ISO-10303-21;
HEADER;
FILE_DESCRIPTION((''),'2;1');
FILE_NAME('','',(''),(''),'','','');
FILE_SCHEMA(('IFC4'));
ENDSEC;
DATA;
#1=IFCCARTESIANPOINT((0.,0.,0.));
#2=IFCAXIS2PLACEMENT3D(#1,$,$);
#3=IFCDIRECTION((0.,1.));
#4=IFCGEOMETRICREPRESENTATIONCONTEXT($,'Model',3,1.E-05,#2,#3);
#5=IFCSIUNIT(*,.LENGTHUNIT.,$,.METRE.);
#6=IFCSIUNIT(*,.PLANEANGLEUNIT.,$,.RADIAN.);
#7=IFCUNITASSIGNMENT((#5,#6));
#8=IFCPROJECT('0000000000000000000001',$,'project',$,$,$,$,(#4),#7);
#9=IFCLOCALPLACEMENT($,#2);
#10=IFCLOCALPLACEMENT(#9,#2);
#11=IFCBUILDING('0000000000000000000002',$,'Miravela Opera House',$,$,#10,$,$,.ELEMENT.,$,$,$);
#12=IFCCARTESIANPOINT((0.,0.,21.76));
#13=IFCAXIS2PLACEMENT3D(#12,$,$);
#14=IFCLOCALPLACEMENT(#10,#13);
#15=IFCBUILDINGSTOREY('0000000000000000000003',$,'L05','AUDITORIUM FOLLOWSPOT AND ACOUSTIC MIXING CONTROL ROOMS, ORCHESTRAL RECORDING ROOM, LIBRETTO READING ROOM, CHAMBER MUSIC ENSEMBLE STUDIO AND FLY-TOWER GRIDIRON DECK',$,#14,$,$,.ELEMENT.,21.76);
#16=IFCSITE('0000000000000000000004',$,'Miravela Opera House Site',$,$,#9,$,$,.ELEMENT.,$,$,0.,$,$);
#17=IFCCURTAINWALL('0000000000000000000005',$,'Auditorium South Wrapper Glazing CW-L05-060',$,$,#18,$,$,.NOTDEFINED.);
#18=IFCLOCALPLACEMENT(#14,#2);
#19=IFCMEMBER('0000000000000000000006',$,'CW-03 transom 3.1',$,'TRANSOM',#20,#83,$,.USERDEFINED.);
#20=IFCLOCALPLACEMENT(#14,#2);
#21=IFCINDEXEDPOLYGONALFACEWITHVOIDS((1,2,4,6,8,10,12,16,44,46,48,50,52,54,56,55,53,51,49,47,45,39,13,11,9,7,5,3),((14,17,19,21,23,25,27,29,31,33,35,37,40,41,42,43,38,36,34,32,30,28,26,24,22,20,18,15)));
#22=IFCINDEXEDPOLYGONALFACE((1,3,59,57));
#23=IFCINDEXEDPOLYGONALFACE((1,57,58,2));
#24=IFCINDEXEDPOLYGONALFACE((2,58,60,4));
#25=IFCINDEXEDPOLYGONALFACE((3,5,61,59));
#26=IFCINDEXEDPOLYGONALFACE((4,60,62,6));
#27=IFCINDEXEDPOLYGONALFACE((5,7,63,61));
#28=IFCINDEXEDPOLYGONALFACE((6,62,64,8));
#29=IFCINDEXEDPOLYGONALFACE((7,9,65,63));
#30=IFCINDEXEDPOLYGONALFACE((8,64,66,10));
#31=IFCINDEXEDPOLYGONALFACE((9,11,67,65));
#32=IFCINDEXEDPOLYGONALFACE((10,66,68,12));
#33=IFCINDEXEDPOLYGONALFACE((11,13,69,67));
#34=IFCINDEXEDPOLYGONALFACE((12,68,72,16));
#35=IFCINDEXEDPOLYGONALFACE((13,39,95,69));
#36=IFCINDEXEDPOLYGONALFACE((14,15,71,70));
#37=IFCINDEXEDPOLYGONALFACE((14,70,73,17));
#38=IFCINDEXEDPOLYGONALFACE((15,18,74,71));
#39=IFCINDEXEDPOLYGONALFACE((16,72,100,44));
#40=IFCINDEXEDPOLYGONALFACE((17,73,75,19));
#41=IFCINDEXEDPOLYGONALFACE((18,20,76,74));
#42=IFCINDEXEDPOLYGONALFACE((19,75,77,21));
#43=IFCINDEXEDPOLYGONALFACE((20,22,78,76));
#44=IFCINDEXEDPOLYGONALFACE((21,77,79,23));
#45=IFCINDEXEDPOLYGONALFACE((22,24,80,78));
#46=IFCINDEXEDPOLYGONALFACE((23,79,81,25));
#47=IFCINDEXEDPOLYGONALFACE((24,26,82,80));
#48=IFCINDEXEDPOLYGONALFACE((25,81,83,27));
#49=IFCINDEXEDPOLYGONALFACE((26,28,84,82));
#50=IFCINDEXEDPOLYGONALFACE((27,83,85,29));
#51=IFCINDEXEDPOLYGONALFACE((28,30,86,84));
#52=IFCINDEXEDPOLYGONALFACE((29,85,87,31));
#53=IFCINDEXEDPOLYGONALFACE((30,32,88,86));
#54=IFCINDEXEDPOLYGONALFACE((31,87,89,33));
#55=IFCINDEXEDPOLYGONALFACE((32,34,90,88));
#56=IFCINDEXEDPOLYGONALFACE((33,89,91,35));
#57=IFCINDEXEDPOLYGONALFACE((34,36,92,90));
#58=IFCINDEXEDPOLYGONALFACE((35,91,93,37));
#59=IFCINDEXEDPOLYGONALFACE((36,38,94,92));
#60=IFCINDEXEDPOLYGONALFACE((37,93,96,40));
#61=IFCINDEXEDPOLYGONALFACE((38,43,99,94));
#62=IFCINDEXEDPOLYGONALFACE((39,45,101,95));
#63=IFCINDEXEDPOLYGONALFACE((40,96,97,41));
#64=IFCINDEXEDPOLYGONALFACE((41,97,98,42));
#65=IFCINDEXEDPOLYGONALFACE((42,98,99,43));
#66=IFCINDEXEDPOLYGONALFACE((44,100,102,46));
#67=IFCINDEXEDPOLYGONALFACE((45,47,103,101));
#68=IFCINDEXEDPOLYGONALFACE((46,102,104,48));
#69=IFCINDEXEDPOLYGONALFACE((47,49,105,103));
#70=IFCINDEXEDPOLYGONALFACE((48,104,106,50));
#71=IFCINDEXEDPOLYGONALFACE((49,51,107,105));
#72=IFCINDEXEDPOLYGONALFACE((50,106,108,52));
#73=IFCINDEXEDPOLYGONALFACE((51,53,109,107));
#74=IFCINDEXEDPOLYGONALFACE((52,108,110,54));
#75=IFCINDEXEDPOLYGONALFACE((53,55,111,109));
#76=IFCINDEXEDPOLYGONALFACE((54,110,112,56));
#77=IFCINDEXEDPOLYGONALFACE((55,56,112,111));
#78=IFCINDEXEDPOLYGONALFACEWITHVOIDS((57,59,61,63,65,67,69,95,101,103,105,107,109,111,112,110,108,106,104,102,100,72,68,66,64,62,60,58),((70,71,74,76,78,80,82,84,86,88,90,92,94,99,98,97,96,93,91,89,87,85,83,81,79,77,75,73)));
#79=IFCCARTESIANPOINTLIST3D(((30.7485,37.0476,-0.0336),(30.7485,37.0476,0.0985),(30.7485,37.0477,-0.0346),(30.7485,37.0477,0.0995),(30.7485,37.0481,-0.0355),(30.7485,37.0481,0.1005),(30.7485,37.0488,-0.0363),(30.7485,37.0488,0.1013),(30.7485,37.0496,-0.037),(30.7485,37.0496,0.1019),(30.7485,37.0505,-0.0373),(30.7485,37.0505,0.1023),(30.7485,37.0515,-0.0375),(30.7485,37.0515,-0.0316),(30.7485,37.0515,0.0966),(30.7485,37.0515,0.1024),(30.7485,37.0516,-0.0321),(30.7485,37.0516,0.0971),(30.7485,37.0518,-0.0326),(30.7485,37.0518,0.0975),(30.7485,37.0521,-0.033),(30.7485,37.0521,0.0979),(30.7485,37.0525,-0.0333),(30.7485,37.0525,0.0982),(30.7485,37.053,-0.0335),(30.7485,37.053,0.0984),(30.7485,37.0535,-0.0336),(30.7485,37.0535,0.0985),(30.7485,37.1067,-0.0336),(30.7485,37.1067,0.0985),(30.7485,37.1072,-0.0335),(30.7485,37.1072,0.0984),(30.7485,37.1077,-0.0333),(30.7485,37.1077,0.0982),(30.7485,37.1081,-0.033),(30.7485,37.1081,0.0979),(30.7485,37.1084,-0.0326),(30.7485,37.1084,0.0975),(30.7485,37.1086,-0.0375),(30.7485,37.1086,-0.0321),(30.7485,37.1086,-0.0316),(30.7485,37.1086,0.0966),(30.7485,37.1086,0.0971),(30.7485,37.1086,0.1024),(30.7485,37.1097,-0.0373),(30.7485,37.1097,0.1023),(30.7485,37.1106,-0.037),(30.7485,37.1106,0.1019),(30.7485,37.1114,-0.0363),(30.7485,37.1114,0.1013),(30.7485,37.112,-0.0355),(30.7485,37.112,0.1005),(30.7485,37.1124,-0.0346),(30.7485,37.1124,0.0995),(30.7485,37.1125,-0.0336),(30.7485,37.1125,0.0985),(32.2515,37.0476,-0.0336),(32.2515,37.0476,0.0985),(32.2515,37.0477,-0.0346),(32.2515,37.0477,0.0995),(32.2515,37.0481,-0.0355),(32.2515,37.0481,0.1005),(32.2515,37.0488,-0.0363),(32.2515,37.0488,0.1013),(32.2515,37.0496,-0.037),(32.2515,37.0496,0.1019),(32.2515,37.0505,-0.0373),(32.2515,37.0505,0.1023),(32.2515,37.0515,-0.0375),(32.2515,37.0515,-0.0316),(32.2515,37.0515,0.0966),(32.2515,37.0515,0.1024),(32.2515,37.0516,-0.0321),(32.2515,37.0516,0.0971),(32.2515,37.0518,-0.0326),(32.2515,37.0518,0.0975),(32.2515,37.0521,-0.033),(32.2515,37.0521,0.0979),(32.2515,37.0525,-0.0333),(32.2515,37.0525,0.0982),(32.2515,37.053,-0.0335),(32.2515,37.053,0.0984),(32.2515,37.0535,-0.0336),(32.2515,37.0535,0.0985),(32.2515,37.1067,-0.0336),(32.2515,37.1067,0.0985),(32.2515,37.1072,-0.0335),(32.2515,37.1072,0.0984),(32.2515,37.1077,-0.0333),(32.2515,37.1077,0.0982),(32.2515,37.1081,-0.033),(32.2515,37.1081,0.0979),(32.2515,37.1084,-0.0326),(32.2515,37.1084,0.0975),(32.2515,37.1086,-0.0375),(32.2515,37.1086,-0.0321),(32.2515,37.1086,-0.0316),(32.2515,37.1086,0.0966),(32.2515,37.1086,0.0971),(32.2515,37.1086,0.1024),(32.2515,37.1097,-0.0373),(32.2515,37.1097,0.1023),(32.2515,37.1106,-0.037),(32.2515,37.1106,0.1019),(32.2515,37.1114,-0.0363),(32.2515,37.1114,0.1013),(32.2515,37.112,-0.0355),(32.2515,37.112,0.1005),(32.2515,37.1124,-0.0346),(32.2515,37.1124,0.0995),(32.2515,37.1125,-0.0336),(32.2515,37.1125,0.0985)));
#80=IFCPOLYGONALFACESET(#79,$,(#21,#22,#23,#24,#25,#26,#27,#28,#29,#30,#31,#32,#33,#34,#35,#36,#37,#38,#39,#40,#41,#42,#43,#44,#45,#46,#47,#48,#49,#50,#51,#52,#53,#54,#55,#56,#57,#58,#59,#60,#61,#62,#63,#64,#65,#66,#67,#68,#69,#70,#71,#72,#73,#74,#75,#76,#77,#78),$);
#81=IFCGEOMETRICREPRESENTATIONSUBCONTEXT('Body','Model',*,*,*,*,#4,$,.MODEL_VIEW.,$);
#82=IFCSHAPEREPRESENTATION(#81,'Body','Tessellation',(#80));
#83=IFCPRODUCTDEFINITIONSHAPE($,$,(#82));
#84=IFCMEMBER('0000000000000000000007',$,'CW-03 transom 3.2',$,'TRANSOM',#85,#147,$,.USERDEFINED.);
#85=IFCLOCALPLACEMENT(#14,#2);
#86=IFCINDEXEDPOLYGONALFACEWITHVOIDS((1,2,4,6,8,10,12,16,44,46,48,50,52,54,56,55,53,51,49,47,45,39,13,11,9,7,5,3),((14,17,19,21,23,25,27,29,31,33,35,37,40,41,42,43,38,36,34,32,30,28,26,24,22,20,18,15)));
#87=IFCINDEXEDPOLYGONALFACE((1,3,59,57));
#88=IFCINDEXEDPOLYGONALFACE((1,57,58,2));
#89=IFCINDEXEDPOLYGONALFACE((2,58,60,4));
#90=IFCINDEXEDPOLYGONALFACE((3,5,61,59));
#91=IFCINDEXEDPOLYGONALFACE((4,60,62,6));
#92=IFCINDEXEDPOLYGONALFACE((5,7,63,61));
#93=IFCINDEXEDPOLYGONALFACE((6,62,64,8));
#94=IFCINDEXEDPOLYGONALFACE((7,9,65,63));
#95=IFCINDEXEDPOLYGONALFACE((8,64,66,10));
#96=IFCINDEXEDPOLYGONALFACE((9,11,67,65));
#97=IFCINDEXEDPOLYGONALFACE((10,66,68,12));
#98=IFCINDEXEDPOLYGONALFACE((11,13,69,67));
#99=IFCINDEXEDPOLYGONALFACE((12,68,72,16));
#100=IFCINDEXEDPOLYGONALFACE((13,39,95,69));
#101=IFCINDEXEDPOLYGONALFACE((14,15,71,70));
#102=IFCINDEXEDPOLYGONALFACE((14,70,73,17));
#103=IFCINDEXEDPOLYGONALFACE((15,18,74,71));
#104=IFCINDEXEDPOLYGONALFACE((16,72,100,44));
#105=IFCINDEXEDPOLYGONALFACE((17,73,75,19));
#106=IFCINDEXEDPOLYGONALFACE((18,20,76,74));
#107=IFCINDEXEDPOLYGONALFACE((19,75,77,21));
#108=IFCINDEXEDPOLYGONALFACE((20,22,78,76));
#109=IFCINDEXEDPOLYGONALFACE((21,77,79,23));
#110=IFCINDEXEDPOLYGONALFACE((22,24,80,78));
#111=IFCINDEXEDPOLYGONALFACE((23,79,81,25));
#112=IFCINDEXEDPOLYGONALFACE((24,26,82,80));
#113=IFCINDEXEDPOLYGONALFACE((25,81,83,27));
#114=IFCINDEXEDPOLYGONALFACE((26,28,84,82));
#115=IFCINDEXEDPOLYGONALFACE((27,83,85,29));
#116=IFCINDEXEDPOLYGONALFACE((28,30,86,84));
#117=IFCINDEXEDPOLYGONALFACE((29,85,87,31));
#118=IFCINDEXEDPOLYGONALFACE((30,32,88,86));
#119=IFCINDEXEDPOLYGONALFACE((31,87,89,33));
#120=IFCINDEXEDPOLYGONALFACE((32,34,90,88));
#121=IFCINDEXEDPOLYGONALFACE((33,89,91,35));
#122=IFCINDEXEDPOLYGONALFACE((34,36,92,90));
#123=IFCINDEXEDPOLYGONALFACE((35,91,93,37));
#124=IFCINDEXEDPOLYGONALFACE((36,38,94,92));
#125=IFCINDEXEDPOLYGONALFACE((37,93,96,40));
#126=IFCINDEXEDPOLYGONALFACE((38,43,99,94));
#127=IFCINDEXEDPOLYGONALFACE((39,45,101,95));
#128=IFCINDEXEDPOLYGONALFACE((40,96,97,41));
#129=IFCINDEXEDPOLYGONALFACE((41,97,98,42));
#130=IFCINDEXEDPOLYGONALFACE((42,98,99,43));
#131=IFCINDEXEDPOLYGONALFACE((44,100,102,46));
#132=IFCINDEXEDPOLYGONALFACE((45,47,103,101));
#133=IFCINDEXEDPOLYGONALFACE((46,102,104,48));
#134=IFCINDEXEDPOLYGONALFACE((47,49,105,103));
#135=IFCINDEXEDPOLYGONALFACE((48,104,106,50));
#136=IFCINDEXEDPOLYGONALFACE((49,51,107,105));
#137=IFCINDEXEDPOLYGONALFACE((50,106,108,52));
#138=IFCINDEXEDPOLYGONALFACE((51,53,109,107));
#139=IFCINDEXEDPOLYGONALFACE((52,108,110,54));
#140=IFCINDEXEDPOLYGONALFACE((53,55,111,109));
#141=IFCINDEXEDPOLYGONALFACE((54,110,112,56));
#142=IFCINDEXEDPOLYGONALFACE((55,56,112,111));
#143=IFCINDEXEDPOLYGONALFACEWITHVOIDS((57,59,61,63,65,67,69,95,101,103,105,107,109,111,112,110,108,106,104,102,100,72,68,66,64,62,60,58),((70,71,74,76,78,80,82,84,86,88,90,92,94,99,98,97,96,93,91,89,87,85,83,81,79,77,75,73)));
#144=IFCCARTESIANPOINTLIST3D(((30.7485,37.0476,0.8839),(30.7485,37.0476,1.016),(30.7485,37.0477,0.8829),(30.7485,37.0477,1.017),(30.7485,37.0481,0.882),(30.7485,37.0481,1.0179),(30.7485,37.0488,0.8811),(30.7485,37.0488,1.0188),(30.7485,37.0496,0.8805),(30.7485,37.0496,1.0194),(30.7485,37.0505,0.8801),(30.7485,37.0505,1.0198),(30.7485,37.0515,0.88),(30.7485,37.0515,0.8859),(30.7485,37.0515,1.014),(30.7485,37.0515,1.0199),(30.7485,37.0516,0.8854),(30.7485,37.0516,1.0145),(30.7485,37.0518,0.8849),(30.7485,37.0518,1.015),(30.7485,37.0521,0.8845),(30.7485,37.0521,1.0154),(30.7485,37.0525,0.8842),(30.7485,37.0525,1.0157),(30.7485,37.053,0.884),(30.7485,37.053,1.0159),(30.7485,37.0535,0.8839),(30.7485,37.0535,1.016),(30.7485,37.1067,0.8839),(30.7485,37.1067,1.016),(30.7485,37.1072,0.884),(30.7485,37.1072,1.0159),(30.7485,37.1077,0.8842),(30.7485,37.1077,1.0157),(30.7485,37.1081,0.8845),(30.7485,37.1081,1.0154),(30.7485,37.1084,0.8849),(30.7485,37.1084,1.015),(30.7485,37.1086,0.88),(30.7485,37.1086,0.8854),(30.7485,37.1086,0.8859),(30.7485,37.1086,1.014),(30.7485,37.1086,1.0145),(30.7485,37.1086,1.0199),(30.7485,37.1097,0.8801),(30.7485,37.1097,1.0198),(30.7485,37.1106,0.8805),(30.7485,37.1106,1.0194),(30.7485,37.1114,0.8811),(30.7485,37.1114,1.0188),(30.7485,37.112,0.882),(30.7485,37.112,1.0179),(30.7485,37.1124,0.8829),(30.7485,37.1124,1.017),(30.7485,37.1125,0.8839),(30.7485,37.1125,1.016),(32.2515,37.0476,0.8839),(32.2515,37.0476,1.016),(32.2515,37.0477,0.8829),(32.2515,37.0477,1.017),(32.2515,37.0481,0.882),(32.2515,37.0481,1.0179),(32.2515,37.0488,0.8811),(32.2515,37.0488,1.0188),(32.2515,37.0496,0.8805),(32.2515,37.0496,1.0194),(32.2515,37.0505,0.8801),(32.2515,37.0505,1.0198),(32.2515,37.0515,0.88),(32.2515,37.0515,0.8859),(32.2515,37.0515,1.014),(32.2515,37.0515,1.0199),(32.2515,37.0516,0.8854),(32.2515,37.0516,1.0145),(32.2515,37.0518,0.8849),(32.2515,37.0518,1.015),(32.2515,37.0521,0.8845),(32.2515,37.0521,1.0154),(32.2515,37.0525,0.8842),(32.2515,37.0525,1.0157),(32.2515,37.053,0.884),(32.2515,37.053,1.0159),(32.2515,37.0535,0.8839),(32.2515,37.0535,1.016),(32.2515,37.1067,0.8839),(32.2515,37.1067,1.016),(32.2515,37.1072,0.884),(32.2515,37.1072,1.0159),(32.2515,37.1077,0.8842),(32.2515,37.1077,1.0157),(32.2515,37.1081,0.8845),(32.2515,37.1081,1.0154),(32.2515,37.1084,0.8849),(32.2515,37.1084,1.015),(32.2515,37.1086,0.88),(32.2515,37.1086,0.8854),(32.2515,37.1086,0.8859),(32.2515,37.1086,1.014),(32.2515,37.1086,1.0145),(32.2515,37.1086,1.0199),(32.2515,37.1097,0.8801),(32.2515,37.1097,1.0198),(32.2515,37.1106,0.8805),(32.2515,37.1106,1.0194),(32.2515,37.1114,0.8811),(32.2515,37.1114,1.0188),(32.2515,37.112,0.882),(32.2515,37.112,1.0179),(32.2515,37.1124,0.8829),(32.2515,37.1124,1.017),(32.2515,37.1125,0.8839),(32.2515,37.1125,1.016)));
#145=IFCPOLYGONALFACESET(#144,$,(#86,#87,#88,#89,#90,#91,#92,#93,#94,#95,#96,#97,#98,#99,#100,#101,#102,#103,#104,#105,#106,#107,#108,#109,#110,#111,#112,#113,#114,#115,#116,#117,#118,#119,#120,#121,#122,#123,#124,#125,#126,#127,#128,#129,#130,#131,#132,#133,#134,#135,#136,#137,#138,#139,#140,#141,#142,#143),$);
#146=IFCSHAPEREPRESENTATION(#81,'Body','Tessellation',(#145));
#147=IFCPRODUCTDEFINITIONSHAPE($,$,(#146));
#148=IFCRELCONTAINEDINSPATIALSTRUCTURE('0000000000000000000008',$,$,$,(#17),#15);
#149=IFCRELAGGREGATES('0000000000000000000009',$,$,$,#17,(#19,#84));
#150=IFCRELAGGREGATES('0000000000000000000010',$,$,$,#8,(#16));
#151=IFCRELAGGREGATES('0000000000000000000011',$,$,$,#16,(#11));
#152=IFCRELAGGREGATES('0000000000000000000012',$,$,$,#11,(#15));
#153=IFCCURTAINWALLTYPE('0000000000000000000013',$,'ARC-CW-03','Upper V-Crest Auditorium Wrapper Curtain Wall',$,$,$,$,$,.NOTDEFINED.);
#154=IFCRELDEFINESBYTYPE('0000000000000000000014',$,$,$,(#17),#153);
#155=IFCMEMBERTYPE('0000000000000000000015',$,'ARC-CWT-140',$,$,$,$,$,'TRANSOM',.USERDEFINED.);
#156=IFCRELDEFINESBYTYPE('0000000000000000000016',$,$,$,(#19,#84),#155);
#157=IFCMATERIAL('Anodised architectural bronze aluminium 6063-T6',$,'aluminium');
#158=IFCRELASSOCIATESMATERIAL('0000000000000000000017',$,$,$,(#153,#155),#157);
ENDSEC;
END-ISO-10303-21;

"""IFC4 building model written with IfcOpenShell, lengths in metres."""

from ifc_helpers import new_model, si_unit, direction, frame, origin, origin_2d, place, context, subcontext, project, spatial, hollow_rectangle, extrude, material, material_profile, profile_set, type_object, element, aggregate, save


model = new_model("IFC4")

# Units and contexts
model_context = context("Model", 3, precision=1e-05, world=origin(), true_north=direction((0.0, 1.0)))
body_context = subcontext(model_context, "Body", "Model", "MODEL_VIEW")
ifc_project = project(units=[si_unit("LENGTHUNIT", "METRE"), si_unit("PLANEANGLEUNIT", "RADIAN")], contexts=[model_context])

# Site, building, storey
site_placement = place(None, origin())
site = spatial("IfcSite", under=ifc_project, at=site_placement, Name="Miravela Opera House Site", CompositionType="ELEMENT", RefElevation=0.0)
building_placement = place(site_placement, origin())
building = spatial("IfcBuilding", under=site, at=building_placement, Name="Miravela Opera House", CompositionType="ELEMENT")
storey_placement = place(building_placement, frame((0.0, 0.0, 21.76)))
storey = spatial("IfcBuildingStorey", under=building, at=storey_placement, Name="L05", Description="AUDITORIUM FOLLOWSPOT AND ACOUSTIC MIXING CONTROL ROOMS, ORCHESTRAL RECORDING ROOM, LIBRETTO READING ROOM, CHAMBER MUSIC ENSEMBLE STUDIO AND FLY-TOWER GRIDIRON DECK", CompositionType="ELEMENT", Elevation=21.76)

# Curtain wall, members
ifc_material_1 = material(Name="Anodised architectural bronze aluminium 6063-T6", Category="aluminium")
curtain_wall_type = type_object("IfcCurtainWallType", Name="ARC-CW-03", Description="Upper V-Crest Auditorium Wrapper Curtain Wall", PredefinedType="NOTDEFINED", material=ifc_material_1)
curtain_wall_placement = place(storey_placement, origin())
curtain_wall = element("IfcCurtainWall", 1, at=curtain_wall_placement, inside=storey, type_object=curtain_wall_type, Name="Auditorium South Wrapper Glazing CW-L05-060", PredefinedType="NOTDEFINED")
ifc_material_profile_1 = material_profile(ifc_material_1, hollow_rectangle(XDim=0.0649, YDim=0.1399, WallThickness=0.0039, InnerFilletRadius=0.002, OuterFilletRadius=0.0039, at=origin_2d()), Name="CWT-65X140")
ifc_profile_set_1 = profile_set([ifc_material_profile_1])
member_type_1 = type_object("IfcMemberType", Name="ARC-CWT-140", ElementType="TRANSOM", PredefinedType="USERDEFINED", material=ifc_profile_set_1)
member_1_placement = place(storey_placement, frame((30.7485, 37.0801, 0.0325), z_axis=(1.0, 0.0, 0.0), x_axis=(0.0, 1.0, 0.0)))
member_1 = element("IfcMember", 2, at=member_1_placement, type_object=member_type_1, Name="CW-03 transom 3.1", ObjectType="TRANSOM", PredefinedType="USERDEFINED", context=body_context, shape_type="SweptSolid", body=[
    extrude(hollow_rectangle(XDim=0.0649, YDim=0.1399, WallThickness=0.0039, InnerFilletRadius=0.002, OuterFilletRadius=0.0039, at=origin_2d()), origin(), (0.0, 0.0, 1.0), 1.5029),
])
member_2_placement = place(storey_placement, frame((30.7485, 37.0801, 0.95), z_axis=(1.0, 0.0, 0.0), x_axis=(0.0, 1.0, 0.0)))
member_2 = element("IfcMember", 3, at=member_2_placement, type_object=member_type_1, Name="CW-03 transom 3.2", ObjectType="TRANSOM", PredefinedType="USERDEFINED", context=body_context, shape_type="SweptSolid", body=[
    extrude(hollow_rectangle(XDim=0.0649, YDim=0.1399, WallThickness=0.0039, InnerFilletRadius=0.002, OuterFilletRadius=0.0039, at=origin_2d()), origin(), (0.0, 0.0, 1.0), 1.5029),
])
aggregate(curtain_wall, [member_1, member_2])

save(model, "model.ifc")
